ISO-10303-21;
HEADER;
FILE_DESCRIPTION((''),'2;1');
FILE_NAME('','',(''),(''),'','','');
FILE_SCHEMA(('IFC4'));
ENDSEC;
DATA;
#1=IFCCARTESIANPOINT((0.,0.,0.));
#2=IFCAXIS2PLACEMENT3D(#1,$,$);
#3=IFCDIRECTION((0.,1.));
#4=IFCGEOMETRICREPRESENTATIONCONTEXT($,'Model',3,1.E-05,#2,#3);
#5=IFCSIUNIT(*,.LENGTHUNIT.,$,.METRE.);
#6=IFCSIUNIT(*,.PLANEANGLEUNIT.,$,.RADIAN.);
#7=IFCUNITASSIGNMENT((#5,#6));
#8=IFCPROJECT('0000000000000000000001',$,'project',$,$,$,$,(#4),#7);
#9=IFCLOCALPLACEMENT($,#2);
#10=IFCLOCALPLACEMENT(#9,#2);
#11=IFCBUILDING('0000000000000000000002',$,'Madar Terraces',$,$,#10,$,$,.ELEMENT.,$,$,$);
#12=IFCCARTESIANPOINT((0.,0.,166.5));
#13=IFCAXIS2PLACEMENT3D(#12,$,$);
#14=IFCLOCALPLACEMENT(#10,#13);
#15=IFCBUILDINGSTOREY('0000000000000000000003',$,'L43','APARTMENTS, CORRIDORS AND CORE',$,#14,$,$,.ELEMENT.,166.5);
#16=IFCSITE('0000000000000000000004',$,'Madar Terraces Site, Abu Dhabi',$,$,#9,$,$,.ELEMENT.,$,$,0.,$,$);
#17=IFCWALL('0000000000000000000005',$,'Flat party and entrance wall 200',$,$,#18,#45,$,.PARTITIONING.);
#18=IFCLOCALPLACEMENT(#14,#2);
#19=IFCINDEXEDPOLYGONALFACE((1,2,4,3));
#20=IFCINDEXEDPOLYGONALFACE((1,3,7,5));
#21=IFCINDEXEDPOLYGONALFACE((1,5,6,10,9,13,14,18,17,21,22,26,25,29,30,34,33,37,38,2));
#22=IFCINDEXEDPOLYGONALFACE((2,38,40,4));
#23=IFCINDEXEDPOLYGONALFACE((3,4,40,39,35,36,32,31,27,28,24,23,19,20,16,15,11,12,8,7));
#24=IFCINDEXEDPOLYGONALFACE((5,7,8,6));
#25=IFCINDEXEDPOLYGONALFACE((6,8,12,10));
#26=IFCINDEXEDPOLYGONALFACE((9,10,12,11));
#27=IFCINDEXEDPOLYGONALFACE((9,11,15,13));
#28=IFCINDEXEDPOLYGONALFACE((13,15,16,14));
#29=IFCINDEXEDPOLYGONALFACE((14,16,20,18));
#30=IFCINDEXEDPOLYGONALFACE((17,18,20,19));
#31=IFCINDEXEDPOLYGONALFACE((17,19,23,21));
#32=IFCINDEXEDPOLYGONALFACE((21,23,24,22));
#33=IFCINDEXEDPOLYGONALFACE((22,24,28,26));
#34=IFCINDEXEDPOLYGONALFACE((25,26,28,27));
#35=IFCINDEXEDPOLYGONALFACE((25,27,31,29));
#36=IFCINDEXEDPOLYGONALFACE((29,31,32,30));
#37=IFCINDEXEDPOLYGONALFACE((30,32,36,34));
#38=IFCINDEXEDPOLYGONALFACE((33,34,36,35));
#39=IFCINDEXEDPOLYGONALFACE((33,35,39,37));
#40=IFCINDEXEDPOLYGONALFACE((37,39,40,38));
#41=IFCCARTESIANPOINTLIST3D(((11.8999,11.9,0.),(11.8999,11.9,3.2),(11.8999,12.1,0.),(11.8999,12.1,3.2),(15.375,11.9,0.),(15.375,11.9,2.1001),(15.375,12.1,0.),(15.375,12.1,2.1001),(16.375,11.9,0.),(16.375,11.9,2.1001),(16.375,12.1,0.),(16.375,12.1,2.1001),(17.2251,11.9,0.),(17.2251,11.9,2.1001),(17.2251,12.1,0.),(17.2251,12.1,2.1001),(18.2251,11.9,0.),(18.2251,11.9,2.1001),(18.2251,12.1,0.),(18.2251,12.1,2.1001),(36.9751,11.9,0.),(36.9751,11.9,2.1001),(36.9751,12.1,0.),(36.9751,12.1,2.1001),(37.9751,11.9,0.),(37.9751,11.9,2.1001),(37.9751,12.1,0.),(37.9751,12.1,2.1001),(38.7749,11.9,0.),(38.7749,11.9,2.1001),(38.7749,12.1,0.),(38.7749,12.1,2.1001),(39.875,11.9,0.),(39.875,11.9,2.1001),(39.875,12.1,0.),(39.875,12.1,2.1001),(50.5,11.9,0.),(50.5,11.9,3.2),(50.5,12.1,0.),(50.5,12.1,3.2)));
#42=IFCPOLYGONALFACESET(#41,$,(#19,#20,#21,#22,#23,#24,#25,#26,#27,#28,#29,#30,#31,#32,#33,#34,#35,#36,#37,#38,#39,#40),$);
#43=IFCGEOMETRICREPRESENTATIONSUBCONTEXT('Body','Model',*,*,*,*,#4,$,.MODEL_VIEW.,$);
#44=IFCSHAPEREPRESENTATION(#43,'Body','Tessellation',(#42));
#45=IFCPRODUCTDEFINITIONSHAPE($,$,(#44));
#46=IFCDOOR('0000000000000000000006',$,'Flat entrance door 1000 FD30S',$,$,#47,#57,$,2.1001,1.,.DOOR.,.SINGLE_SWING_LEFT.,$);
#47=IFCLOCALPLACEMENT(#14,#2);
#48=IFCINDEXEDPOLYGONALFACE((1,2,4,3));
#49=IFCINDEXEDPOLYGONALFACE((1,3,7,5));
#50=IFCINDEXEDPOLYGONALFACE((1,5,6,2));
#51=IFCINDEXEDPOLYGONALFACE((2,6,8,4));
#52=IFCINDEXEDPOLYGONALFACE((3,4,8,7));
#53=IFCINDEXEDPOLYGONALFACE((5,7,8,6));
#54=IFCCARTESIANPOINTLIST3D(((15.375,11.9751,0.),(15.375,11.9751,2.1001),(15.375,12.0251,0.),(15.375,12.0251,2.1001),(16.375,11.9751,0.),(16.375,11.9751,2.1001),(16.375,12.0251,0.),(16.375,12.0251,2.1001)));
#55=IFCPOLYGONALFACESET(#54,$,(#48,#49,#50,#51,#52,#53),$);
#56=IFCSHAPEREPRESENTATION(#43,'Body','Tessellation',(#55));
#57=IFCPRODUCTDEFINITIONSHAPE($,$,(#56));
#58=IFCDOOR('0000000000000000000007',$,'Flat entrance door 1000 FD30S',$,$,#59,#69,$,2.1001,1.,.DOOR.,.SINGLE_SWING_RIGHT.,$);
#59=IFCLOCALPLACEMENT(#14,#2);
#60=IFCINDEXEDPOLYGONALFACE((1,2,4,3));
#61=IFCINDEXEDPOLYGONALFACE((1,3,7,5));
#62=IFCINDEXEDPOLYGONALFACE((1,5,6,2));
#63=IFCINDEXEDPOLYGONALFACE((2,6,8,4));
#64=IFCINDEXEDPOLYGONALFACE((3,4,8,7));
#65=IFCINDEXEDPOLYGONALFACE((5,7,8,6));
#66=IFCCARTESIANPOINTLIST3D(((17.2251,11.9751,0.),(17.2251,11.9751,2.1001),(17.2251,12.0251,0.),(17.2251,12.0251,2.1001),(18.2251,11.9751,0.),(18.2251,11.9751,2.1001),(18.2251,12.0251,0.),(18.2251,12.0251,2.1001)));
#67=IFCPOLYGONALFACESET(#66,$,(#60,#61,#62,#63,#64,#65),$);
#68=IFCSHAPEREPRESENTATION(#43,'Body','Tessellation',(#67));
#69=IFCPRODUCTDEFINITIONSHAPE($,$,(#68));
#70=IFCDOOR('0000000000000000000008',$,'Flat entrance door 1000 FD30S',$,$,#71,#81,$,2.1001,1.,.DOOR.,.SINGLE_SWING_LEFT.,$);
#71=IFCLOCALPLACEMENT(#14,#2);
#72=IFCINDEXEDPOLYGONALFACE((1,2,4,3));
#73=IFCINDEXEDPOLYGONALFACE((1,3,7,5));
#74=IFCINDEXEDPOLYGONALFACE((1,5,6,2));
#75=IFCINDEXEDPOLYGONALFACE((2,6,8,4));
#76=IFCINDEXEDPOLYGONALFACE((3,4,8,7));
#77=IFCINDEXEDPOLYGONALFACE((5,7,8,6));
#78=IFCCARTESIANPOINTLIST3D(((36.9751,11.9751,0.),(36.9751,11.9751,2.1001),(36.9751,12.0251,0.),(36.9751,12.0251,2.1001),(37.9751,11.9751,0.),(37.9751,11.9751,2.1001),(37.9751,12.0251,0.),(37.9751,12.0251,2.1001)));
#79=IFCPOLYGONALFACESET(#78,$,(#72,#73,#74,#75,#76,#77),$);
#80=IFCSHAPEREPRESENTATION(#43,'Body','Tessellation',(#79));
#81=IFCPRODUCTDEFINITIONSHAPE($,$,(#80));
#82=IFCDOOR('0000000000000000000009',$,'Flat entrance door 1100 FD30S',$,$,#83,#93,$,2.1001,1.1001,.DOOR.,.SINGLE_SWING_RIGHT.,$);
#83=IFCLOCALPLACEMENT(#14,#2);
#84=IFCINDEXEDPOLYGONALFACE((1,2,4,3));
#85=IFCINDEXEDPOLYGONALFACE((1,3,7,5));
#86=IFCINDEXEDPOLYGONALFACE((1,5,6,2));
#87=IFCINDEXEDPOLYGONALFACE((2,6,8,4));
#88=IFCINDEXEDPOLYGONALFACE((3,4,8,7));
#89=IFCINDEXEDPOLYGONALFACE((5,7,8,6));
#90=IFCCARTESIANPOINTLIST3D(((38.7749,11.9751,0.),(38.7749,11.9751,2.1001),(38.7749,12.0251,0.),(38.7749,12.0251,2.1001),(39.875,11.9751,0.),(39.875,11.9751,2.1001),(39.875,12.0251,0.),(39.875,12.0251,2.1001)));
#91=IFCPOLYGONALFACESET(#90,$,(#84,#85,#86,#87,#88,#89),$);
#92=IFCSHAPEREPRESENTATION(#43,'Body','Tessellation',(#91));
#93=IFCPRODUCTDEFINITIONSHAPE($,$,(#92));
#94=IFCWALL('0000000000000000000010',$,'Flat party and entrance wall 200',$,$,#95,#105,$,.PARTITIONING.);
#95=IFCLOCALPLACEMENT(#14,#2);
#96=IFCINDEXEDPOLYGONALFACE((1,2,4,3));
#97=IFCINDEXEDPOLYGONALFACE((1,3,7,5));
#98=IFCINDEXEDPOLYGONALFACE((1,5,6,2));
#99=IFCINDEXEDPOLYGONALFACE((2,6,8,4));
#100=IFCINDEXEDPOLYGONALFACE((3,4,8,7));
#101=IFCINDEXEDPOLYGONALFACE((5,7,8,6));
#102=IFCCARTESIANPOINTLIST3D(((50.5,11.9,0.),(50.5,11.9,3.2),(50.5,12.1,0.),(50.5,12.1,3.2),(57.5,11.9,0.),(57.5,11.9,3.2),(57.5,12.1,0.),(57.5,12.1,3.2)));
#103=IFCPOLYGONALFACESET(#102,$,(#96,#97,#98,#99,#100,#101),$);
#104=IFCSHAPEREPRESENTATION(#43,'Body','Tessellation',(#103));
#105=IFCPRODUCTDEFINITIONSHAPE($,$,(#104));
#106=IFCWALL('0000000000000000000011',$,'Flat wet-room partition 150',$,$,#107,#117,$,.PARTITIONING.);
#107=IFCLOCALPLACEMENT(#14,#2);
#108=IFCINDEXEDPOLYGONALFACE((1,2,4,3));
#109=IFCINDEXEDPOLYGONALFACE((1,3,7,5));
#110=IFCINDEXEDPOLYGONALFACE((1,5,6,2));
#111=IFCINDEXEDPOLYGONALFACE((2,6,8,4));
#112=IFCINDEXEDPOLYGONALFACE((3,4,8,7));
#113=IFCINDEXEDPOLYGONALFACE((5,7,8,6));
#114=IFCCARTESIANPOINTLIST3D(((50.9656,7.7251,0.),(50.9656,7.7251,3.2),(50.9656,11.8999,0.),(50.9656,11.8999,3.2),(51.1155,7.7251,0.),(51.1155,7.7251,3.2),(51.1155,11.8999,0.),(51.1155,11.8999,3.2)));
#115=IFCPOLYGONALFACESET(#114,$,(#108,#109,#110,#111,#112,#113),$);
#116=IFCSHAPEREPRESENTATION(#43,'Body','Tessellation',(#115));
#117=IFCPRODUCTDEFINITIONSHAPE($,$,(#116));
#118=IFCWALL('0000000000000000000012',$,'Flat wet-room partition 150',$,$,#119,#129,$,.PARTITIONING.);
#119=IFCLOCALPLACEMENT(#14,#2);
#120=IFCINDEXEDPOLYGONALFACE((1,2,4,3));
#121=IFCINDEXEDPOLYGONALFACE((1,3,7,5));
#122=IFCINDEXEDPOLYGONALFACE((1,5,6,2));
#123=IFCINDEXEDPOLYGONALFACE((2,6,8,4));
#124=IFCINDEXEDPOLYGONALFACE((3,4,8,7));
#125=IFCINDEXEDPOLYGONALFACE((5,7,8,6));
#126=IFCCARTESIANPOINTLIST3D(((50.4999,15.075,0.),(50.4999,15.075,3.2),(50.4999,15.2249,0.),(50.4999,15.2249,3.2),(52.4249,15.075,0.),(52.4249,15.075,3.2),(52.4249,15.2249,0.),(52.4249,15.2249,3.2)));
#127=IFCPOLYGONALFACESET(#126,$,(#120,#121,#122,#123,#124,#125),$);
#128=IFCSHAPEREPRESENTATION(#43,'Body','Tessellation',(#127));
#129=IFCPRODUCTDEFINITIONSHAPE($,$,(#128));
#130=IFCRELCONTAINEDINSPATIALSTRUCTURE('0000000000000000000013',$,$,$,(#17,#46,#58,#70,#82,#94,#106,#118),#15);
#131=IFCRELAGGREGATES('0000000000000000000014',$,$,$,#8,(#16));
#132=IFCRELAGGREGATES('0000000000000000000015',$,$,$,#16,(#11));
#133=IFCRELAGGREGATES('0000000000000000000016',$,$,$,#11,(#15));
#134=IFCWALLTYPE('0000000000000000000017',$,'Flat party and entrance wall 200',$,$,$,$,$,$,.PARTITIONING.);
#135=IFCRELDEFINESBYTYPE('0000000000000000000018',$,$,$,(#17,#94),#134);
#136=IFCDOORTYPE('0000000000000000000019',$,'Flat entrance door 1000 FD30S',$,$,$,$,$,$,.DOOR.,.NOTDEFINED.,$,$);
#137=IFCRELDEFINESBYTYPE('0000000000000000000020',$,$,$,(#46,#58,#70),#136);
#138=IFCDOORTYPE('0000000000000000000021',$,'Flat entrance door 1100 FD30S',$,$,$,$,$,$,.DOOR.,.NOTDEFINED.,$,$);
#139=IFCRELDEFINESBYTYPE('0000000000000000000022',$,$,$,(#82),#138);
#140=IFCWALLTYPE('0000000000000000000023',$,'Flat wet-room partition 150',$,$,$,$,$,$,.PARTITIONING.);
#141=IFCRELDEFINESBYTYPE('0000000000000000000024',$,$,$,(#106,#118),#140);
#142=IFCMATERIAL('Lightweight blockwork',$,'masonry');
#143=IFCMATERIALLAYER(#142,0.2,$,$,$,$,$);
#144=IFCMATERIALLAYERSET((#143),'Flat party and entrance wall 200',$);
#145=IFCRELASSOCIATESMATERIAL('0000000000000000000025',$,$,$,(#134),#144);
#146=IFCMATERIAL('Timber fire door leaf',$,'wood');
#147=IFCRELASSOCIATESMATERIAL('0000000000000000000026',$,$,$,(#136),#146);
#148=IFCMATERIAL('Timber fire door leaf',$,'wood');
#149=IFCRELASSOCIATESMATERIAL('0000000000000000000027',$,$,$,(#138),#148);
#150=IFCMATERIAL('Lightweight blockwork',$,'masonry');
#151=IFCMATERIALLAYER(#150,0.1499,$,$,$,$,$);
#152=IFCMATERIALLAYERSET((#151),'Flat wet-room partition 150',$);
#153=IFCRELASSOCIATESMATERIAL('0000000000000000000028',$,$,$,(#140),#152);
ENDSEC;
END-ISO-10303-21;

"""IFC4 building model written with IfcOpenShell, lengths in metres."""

from ifc_helpers import new_model, si_unit, direction, frame, frame_2d, origin, place, context, subcontext, project, spatial, rectangle, extrude, material, layer, layer_set, type_object, element, fill, save


model = new_model("IFC4")

# Units and contexts
model_context = context("Model", 3, precision=1e-05, world=origin(), true_north=direction((0.0, 1.0)))
body_context = subcontext(model_context, "Body", "Model", "MODEL_VIEW")
ifc_project = project(units=[si_unit("LENGTHUNIT", "METRE"), si_unit("PLANEANGLEUNIT", "RADIAN")], contexts=[model_context])

# Site, building, storey
site_placement = place(None, origin())
site = spatial("IfcSite", under=ifc_project, at=site_placement, Name="Madar Terraces Site, Abu Dhabi", CompositionType="ELEMENT", RefElevation=0.0)
building_placement = place(site_placement, origin())
building = spatial("IfcBuilding", under=site, at=building_placement, Name="Madar Terraces", CompositionType="ELEMENT")
storey_placement = place(building_placement, frame((0.0, 0.0, 166.5)))
storey = spatial("IfcBuildingStorey", under=building, at=storey_placement, Name="L43", Description="APARTMENTS, CORRIDORS AND CORE", CompositionType="ELEMENT", Elevation=166.5)

# Wall, openings, doors
ifc_material_1 = material(Name="Lightweight blockwork", Category="masonry")
ifc_layer_1 = layer(ifc_material_1, 0.2)
ifc_layer_set_1 = layer_set([ifc_layer_1], Name="Flat party and entrance wall 200")
wall_type_1 = type_object("IfcWallType", Name="Flat party and entrance wall 200", PredefinedType="PARTITIONING", material=ifc_layer_set_1)
wall_1_placement = place(storey_placement, frame((50.5, 12.0, 0.0), z_axis=(0.0, 0.0, 1.0), x_axis=(-1.0, 0.0, 0.0)))
wall_1 = element("IfcWall", 1, at=wall_1_placement, inside=storey, type_object=wall_type_1, Name="Flat party and entrance wall 200", PredefinedType="PARTITIONING", context=body_context, shape_type="SweptSolid", body=[
    extrude(rectangle(XDim=38.6001, YDim=0.2, at=frame_2d((19.3, 0.0))), origin(), (0.0, 0.0, 1.0), 3.2),
])
opening_1_placement = place(wall_1_placement, frame((34.125, 0.0, 0.0)))
opening_1 = element("IfcOpeningElement", 2, at=opening_1_placement, cuts=wall_1, PredefinedType="OPENING", context=body_context, shape_type="SweptSolid", body=[
    extrude(rectangle(XDim=1.0, YDim=2.1001, at=frame_2d((0.5, 1.05))), frame((0.0, 0.1099, 0.0), z_axis=(0.0, -1.0, 0.0), x_axis=(1.0, 0.0, 0.0)), (0.0, 0.0, 1.0), 0.22),
])
opening_2_placement = place(wall_1_placement, frame((32.2749, 0.0, 0.0)))
opening_2 = element("IfcOpeningElement", 3, at=opening_2_placement, cuts=wall_1, PredefinedType="OPENING", context=body_context, shape_type="SweptSolid", body=[
    extrude(rectangle(XDim=1.0, YDim=2.1001, at=frame_2d((0.5, 1.05))), frame((0.0, 0.1099, 0.0), z_axis=(0.0, -1.0, 0.0), x_axis=(1.0, 0.0, 0.0)), (0.0, 0.0, 1.0), 0.22),
])
opening_3_placement = place(wall_1_placement, frame((12.5249, 0.0, 0.0)))
opening_3 = element("IfcOpeningElement", 4, at=opening_3_placement, cuts=wall_1, PredefinedType="OPENING", context=body_context, shape_type="SweptSolid", body=[
    extrude(rectangle(XDim=1.0, YDim=2.1001, at=frame_2d((0.5, 1.05))), frame((0.0, 0.1099, 0.0), z_axis=(0.0, -1.0, 0.0), x_axis=(1.0, 0.0, 0.0)), (0.0, 0.0, 1.0), 0.22),
])
opening_4_placement = place(wall_1_placement, frame((10.625, 0.0, 0.0)))
opening_4 = element("IfcOpeningElement", 5, at=opening_4_placement, cuts=wall_1, PredefinedType="OPENING", context=body_context, shape_type="SweptSolid", body=[
    extrude(rectangle(XDim=1.1001, YDim=2.1001, at=frame_2d((0.55, 1.05))), frame((0.0, 0.1099, 0.0), z_axis=(0.0, -1.0, 0.0), x_axis=(1.0, 0.0, 0.0)), (0.0, 0.0, 1.0), 0.22),
])
ifc_material_2 = material(Name="Timber fire door leaf", Category="wood")
door_type_1 = type_object("IfcDoorType", Name="Flat entrance door 1000 FD30S", OperationType="NOTDEFINED", PredefinedType="DOOR", material=ifc_material_2)
door_1_placement = place(opening_1_placement, origin())
door_1 = element("IfcDoor", 6, at=door_1_placement, inside=storey, type_object=door_type_1, Name="Flat entrance door 1000 FD30S", OperationType="SINGLE_SWING_LEFT", OverallHeight=2.1001, OverallWidth=1.0, PredefinedType="DOOR", context=body_context, shape_type="SweptSolid", body=[
    extrude(rectangle(XDim=1.0, YDim=2.1001, at=frame_2d((0.5, 1.05))), frame((0.0, 0.0249, 0.0), z_axis=(0.0, -1.0, 0.0), x_axis=(1.0, 0.0, 0.0)), (0.0, 0.0, 1.0), 0.05),
])
fill(opening_1, door_1)
door_2_placement = place(opening_2_placement, origin())
door_2 = element("IfcDoor", 7, at=door_2_placement, inside=storey, type_object=door_type_1, Name="Flat entrance door 1000 FD30S", OperationType="SINGLE_SWING_RIGHT", OverallHeight=2.1001, OverallWidth=1.0, PredefinedType="DOOR", context=body_context, shape_type="SweptSolid", body=[
    extrude(rectangle(XDim=1.0, YDim=2.1001, at=frame_2d((0.5, 1.05))), frame((0.0, 0.0249, 0.0), z_axis=(0.0, -1.0, 0.0), x_axis=(1.0, 0.0, 0.0)), (0.0, 0.0, 1.0), 0.05),
])
fill(opening_2, door_2)
door_3_placement = place(opening_3_placement, origin())
door_3 = element("IfcDoor", 8, at=door_3_placement, inside=storey, type_object=door_type_1, Name="Flat entrance door 1000 FD30S", OperationType="SINGLE_SWING_LEFT", OverallHeight=2.1001, OverallWidth=1.0, PredefinedType="DOOR", context=body_context, shape_type="SweptSolid", body=[
    extrude(rectangle(XDim=1.0, YDim=2.1001, at=frame_2d((0.5, 1.05))), frame((0.0, 0.0249, 0.0), z_axis=(0.0, -1.0, 0.0), x_axis=(1.0, 0.0, 0.0)), (0.0, 0.0, 1.0), 0.05),
])
fill(opening_3, door_3)
ifc_material_3 = material(Name="Timber fire door leaf", Category="wood")
door_type_2 = type_object("IfcDoorType", Name="Flat entrance door 1100 FD30S", OperationType="NOTDEFINED", PredefinedType="DOOR", material=ifc_material_3)
door_4_placement = place(opening_4_placement, origin())
door_4 = element("IfcDoor", 9, at=door_4_placement, inside=storey, type_object=door_type_2, Name="Flat entrance door 1100 FD30S", OperationType="SINGLE_SWING_RIGHT", OverallHeight=2.1001, OverallWidth=1.1001, PredefinedType="DOOR", context=body_context, shape_type="SweptSolid", body=[
    extrude(rectangle(XDim=1.1001, YDim=2.1001, at=frame_2d((0.55, 1.05))), frame((0.0, 0.0249, 0.0), z_axis=(0.0, -1.0, 0.0), x_axis=(1.0, 0.0, 0.0)), (0.0, 0.0, 1.0), 0.05),
])
fill(opening_4, door_4)

# Walls
wall_2_placement = place(storey_placement, frame((50.5, 12.0, 0.0), z_axis=(0.0, 0.0, 1.0), x_axis=(1.0, 0.0, 0.0)))
element("IfcWall", 10, at=wall_2_placement, inside=storey, type_object=wall_type_1, Name="Flat party and entrance wall 200", PredefinedType="PARTITIONING", context=body_context, shape_type="SweptSolid", body=[
    extrude(rectangle(XDim=7.0, YDim=0.2, at=frame_2d((3.5, 0.0))), origin(), (0.0, 0.0, 1.0), 3.2),
])
ifc_material_4 = material(Name="Lightweight blockwork", Category="masonry")
ifc_layer_2 = layer(ifc_material_4, 0.1499)
ifc_layer_set_2 = layer_set([ifc_layer_2], Name="Flat wet-room partition 150")
wall_type_2 = type_object("IfcWallType", Name="Flat wet-room partition 150", PredefinedType="PARTITIONING", material=ifc_layer_set_2)
wall_3_placement = place(storey_placement, frame((51.0405, 11.8999, 0.0), z_axis=(0.0, 0.0, 1.0), x_axis=(0.0, -1.0, 0.0)))
element("IfcWall", 11, at=wall_3_placement, inside=storey, type_object=wall_type_2, Name="Flat wet-room partition 150", PredefinedType="PARTITIONING", context=body_context, shape_type="SweptSolid", body=[
    extrude(rectangle(XDim=4.1748, YDim=0.1499, at=frame_2d((2.0874, 0.0))), origin(), (0.0, 0.0, 1.0), 3.2),
])
wall_4_placement = place(storey_placement, frame((50.5, 15.1499, 0.0), z_axis=(0.0, 0.0, 1.0), x_axis=(1.0, 0.0, 0.0)))
element("IfcWall", 12, at=wall_4_placement, inside=storey, type_object=wall_type_2, Name="Flat wet-room partition 150", PredefinedType="PARTITIONING", context=body_context, shape_type="SweptSolid", body=[
    extrude(rectangle(XDim=1.925, YDim=0.1499, at=frame_2d((0.9624, 0.0))), origin(), (0.0, 0.0, 1.0), 3.2),
])

save(model, "model.ifc")
